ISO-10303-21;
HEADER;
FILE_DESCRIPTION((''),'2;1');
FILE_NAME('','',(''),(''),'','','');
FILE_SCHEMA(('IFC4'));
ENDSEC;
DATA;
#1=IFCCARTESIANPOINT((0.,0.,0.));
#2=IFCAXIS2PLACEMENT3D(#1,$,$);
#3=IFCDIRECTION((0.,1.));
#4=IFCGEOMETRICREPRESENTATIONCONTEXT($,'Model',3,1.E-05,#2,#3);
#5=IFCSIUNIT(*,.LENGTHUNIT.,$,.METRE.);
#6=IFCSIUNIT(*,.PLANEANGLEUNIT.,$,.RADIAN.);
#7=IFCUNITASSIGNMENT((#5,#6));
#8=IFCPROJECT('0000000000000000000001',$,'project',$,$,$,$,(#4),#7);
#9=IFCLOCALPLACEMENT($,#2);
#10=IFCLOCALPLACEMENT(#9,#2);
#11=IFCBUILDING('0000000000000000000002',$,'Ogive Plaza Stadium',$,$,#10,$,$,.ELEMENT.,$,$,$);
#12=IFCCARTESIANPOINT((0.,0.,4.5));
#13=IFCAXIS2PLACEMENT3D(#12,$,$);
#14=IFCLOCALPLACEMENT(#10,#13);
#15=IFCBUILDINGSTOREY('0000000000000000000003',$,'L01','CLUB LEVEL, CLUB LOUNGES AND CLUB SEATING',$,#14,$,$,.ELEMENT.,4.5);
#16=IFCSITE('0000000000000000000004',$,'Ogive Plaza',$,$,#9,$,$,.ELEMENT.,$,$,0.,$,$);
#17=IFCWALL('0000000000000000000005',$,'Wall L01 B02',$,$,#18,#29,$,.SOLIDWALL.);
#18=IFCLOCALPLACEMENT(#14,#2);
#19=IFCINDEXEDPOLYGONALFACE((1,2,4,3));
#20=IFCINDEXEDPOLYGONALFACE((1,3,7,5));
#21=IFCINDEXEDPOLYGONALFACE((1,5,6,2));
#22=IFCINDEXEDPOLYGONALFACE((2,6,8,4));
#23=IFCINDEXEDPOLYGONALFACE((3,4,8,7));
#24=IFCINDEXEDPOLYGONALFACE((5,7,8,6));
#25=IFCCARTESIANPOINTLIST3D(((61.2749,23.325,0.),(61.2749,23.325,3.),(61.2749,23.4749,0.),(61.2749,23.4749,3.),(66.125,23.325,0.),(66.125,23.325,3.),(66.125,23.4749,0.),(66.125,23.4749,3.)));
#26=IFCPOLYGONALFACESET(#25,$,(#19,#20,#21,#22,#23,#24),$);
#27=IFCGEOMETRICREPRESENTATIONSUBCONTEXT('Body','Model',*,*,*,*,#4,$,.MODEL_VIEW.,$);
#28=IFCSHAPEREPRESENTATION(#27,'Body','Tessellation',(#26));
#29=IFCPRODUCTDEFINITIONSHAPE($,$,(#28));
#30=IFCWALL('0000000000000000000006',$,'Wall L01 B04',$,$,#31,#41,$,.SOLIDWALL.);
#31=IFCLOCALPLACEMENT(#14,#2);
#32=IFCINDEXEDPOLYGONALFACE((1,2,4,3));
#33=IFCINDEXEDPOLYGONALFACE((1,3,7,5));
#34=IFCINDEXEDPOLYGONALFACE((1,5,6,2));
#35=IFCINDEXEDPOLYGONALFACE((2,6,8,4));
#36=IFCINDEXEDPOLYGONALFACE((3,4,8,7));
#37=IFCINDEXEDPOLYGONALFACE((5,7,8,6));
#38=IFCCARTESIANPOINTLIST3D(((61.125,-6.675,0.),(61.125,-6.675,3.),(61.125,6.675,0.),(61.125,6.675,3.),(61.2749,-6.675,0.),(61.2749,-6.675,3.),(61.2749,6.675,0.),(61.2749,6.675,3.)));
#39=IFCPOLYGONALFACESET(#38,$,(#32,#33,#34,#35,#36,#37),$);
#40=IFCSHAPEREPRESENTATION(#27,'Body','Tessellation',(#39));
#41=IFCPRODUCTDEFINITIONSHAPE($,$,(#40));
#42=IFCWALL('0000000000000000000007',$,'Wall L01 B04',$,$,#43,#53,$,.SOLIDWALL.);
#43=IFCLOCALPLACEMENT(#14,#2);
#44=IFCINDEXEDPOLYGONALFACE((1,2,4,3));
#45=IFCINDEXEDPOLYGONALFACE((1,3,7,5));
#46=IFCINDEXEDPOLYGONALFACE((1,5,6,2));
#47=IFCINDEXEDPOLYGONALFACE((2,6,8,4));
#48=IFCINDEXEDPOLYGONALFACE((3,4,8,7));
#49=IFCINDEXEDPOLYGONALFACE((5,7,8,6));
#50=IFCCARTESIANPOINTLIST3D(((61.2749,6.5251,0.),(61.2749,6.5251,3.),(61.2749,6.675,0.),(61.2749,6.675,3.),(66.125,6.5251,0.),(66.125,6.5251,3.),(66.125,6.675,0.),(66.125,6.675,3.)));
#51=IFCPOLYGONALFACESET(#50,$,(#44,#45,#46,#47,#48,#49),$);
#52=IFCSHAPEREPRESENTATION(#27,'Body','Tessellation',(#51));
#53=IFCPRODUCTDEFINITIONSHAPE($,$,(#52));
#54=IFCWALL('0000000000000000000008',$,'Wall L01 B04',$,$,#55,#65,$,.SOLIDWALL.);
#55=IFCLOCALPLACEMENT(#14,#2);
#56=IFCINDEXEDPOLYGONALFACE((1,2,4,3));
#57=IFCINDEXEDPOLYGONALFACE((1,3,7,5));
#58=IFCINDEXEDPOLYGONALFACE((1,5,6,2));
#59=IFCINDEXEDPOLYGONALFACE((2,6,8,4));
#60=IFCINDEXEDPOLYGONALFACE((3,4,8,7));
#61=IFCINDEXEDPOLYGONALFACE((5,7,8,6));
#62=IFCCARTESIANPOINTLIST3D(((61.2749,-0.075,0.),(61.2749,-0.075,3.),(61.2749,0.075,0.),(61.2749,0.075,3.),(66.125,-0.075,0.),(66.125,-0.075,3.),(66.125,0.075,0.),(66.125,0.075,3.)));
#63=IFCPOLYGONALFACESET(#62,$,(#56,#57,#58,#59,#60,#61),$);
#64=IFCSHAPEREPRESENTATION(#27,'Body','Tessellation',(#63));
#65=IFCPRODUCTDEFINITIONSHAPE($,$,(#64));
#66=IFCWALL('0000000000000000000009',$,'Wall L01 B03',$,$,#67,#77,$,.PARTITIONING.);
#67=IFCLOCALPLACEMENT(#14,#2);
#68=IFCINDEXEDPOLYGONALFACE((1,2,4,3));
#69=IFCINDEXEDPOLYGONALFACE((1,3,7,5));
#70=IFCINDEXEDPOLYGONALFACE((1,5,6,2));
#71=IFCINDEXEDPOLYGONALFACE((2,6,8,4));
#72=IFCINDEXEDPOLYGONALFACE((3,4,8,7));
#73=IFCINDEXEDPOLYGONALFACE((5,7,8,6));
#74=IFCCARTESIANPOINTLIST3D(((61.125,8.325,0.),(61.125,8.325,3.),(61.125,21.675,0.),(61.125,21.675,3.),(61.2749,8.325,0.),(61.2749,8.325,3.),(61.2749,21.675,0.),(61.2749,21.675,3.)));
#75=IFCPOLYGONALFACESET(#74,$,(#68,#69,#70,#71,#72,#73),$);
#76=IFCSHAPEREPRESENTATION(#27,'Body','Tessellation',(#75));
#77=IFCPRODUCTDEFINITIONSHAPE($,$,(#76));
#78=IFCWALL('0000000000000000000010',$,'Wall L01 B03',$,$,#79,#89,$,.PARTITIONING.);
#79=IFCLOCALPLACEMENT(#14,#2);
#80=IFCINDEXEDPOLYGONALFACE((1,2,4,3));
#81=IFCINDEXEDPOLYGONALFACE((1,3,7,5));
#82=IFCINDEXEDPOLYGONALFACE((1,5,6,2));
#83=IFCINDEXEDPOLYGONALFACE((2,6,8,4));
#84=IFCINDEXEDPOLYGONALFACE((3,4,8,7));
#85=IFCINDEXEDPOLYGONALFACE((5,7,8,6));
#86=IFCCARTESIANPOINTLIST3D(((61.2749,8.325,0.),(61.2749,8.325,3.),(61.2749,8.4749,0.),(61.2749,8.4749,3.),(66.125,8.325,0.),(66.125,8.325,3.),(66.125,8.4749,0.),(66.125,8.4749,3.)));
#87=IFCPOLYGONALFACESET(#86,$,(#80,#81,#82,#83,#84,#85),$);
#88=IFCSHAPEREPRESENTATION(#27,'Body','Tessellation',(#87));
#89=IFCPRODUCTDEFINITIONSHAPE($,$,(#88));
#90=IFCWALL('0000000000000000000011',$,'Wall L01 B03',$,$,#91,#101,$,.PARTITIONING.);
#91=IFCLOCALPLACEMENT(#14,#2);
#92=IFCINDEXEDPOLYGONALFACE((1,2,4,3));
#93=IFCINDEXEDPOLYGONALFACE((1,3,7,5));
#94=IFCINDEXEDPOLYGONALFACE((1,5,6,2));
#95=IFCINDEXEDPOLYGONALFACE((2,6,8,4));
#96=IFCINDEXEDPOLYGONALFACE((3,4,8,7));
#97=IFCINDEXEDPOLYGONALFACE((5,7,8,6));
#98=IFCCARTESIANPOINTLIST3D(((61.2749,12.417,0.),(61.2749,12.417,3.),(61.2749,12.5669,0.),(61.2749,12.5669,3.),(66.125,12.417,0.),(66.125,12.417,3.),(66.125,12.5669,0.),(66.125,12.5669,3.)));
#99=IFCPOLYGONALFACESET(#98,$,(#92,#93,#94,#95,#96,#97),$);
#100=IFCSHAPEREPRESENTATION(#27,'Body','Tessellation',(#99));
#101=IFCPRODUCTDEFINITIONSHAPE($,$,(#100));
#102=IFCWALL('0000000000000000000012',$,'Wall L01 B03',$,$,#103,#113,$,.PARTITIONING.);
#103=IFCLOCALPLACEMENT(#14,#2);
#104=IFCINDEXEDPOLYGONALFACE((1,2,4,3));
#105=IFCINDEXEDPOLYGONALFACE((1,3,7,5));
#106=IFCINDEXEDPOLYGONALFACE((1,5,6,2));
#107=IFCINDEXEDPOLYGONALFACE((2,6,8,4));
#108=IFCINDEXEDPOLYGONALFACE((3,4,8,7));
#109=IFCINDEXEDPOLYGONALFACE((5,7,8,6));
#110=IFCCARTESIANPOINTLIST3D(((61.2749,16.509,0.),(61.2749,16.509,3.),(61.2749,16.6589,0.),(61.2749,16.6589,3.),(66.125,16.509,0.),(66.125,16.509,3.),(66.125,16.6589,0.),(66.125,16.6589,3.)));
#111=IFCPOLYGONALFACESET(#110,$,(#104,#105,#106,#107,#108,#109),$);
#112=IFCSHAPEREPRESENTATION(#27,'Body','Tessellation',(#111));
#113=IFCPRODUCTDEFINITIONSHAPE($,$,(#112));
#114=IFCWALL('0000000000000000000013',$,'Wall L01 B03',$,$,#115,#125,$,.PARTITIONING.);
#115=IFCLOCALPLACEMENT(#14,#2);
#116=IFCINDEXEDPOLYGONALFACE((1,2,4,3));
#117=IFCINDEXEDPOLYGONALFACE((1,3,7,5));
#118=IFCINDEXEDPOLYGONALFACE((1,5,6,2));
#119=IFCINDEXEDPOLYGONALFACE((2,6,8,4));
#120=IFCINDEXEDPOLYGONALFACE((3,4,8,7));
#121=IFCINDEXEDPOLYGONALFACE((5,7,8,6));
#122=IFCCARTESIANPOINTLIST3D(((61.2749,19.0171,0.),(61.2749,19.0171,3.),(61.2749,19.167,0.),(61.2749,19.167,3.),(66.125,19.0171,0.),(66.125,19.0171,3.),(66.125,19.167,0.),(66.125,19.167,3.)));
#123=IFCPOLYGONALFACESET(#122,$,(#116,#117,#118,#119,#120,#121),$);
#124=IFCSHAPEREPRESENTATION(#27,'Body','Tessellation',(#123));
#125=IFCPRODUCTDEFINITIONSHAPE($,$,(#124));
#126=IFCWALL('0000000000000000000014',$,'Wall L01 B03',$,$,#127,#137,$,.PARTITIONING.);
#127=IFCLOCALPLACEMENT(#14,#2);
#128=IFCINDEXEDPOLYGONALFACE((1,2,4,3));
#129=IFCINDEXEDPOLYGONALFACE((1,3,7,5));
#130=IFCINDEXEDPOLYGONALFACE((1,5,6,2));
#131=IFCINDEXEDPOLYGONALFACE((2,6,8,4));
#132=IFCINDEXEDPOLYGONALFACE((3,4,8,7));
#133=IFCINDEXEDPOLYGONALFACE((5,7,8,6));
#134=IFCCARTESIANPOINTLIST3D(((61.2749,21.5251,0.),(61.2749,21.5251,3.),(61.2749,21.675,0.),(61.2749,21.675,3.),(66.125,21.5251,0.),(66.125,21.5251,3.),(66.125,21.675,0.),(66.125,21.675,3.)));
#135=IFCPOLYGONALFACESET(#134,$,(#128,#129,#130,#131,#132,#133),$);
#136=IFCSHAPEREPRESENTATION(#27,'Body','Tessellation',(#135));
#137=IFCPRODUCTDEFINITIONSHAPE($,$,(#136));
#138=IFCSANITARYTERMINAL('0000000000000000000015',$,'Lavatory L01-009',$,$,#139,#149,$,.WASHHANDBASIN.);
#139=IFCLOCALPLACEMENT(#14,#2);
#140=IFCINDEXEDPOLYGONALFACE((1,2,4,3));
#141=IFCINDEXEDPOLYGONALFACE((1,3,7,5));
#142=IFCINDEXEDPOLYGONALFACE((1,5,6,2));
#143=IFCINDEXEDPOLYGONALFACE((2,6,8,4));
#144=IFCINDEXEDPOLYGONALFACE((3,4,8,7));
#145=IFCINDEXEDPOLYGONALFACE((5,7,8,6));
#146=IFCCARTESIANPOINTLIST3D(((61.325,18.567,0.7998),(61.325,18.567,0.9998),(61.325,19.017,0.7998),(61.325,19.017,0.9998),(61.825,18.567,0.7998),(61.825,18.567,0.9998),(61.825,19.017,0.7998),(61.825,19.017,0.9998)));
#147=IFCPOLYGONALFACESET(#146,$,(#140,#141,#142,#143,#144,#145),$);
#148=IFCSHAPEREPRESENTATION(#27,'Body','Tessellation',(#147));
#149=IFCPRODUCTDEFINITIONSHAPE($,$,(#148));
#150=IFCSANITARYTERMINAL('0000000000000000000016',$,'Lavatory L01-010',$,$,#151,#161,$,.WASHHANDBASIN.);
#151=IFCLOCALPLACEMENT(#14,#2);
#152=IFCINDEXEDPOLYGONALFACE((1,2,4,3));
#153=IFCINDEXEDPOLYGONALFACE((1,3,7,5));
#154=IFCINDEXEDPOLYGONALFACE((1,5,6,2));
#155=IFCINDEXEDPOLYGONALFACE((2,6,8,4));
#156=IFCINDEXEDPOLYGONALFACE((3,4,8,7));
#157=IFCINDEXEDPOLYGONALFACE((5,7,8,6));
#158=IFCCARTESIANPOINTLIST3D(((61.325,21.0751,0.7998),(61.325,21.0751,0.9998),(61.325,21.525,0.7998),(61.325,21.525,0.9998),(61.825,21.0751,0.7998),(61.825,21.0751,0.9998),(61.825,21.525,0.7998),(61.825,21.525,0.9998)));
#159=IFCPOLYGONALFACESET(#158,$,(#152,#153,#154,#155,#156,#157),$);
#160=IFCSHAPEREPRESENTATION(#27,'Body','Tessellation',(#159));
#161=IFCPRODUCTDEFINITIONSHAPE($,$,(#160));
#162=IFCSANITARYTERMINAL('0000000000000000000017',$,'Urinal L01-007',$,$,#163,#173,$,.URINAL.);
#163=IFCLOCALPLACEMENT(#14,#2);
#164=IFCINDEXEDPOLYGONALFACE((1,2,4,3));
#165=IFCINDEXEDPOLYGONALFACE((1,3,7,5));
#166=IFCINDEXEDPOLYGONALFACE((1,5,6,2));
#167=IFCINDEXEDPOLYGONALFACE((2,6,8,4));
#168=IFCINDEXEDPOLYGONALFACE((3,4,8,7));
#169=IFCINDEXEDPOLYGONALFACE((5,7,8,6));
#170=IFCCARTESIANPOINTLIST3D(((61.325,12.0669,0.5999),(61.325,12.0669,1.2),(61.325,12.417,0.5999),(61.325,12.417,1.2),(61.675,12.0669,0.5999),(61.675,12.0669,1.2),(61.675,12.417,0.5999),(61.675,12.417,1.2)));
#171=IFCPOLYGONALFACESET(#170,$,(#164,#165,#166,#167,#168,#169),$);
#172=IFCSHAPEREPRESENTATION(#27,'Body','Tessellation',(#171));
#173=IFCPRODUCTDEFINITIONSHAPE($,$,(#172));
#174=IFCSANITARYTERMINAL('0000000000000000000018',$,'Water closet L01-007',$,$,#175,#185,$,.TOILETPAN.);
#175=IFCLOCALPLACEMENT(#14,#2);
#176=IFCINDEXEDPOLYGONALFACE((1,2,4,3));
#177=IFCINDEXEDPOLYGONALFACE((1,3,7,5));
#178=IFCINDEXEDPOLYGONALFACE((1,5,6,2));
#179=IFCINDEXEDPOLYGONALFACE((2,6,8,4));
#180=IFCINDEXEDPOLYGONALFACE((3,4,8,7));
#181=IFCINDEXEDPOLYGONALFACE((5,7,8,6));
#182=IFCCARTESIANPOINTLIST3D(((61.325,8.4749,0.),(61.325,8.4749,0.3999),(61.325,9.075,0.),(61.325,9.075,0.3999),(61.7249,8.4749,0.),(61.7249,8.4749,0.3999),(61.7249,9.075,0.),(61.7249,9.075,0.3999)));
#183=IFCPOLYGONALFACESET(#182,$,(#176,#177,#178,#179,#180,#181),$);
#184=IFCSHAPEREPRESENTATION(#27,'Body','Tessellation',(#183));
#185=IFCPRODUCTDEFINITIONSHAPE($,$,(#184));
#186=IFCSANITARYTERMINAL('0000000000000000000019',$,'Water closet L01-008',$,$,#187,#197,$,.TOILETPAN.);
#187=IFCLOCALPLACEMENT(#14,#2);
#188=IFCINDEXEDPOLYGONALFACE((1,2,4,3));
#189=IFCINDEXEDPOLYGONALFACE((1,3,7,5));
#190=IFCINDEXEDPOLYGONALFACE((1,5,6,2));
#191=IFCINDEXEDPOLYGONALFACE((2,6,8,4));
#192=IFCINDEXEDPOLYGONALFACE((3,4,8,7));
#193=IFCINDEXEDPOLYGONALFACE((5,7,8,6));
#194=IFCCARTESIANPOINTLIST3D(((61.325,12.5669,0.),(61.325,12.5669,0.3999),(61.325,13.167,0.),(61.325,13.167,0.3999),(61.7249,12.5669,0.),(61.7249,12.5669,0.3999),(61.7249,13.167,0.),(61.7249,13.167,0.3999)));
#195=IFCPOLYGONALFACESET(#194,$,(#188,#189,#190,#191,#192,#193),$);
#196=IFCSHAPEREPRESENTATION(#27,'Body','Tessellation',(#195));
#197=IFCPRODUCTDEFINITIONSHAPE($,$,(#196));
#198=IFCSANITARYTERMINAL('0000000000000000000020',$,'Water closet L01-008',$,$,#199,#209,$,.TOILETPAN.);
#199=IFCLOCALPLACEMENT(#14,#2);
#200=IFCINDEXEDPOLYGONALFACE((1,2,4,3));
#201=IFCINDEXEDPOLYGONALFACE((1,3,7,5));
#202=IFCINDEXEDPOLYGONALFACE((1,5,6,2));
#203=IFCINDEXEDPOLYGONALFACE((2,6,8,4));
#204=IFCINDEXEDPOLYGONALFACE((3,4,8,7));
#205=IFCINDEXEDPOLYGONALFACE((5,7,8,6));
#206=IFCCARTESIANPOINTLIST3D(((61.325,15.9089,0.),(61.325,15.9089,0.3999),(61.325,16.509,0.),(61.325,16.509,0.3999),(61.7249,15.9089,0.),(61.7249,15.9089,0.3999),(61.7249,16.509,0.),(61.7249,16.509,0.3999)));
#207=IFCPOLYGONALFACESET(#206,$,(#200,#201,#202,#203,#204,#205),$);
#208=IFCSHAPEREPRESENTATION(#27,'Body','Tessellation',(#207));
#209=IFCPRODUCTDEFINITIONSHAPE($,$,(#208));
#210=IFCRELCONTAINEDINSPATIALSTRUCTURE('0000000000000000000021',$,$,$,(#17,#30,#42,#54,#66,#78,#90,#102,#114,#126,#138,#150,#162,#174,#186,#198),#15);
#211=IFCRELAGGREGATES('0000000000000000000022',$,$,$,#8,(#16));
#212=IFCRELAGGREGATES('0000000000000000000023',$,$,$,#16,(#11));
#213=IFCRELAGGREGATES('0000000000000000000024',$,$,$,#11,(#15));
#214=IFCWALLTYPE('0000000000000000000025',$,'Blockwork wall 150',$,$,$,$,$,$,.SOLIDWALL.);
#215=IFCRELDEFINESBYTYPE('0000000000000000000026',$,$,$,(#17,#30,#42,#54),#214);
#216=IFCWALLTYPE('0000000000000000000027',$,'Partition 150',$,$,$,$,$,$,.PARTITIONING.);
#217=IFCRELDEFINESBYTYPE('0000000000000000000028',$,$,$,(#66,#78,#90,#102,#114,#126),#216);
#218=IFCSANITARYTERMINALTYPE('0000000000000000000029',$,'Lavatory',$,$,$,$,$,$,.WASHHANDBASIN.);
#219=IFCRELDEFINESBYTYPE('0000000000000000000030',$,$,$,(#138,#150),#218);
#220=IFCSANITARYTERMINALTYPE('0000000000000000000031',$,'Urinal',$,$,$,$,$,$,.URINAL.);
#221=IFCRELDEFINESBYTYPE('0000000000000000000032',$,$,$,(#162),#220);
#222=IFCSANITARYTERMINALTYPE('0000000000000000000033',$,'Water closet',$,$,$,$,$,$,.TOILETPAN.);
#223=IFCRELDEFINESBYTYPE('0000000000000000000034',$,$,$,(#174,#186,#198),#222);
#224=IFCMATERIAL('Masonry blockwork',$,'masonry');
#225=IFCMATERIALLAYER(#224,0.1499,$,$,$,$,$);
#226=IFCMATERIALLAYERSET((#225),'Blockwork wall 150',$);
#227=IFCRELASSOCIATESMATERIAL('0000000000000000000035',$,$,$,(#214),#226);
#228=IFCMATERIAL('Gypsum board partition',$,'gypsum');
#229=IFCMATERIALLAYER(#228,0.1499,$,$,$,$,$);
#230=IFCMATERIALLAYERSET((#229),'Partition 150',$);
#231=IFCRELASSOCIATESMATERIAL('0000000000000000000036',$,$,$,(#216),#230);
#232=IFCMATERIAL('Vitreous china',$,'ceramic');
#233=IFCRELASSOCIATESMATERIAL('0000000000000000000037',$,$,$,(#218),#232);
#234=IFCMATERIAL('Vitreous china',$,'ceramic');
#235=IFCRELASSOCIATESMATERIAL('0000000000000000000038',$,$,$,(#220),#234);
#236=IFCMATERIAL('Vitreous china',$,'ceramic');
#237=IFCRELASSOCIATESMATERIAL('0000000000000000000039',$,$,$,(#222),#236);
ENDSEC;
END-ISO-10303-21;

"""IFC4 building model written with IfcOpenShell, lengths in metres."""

from ifc_helpers import new_model, si_unit, direction, frame, frame_2d, origin, origin_2d, place, context, subcontext, project, spatial, rectangle, extrude, material, layer, layer_set, type_object, element, save


model = new_model("IFC4")

# Units and contexts
model_context = context("Model", 3, precision=1e-05, world=origin(), true_north=direction((0.0, 1.0)))
body_context = subcontext(model_context, "Body", "Model", "MODEL_VIEW")
ifc_project = project(units=[si_unit("LENGTHUNIT", "METRE"), si_unit("PLANEANGLEUNIT", "RADIAN")], contexts=[model_context])

# Site, building, storey
site_placement = place(None, origin())
site = spatial("IfcSite", under=ifc_project, at=site_placement, Name="Ogive Plaza", CompositionType="ELEMENT", RefElevation=0.0)
building_placement = place(site_placement, origin())
building = spatial("IfcBuilding", under=site, at=building_placement, Name="Ogive Plaza Stadium", CompositionType="ELEMENT")
storey_placement = place(building_placement, frame((0.0, 0.0, 4.5)))
storey = spatial("IfcBuildingStorey", under=building, at=storey_placement, Name="L01", Description="CLUB LEVEL, CLUB LOUNGES AND CLUB SEATING", CompositionType="ELEMENT", Elevation=4.5)

# Walls
ifc_material_1 = material(Name="Masonry blockwork", Category="masonry")
ifc_layer_1 = layer(ifc_material_1, 0.1499)
ifc_layer_set_1 = layer_set([ifc_layer_1], Name="Blockwork wall 150")
wall_type_1 = type_object("IfcWallType", Name="Blockwork wall 150", PredefinedType="SOLIDWALL", material=ifc_layer_set_1)
for number, where, z_axis, x_axis, name in (
    (1, (61.2749, 23.3999, 0.0), (0.0, 0.0, 1.0), (1.0, 0.0, 0.0), "Wall L01 B02"),
):
    element("IfcWall", number, at=place(storey_placement, frame(where, z_axis=z_axis, x_axis=x_axis)), inside=storey, type_object=wall_type_1, Name=name, PredefinedType="SOLIDWALL", context=body_context, shape_type="SweptSolid", body=[
        extrude(rectangle(XDim=4.8501, YDim=0.1499, at=frame_2d((2.425, 0.0))), origin(), (0.0, 0.0, 1.0), 3.0),
    ])
wall_1_placement = place(storey_placement, frame((61.2, 6.675, 0.0), z_axis=(0.0, 0.0, 1.0), x_axis=(0.0, -1.0, 0.0)))
element("IfcWall", 2, at=wall_1_placement, inside=storey, type_object=wall_type_1, Name="Wall L01 B04", PredefinedType="SOLIDWALL", context=body_context, shape_type="SweptSolid", body=[
    extrude(rectangle(XDim=13.3501, YDim=0.1499, at=frame_2d((6.675, 0.0))), origin(), (0.0, 0.0, 1.0), 3.0),
])
for number, where, z_axis, x_axis, name in (
    (3, (61.2749, 6.6001, 0.0), (0.0, 0.0, 1.0), (1.0, 0.0, 0.0), "Wall L01 B04"),
    (4, (61.2749, 0.0, 0.0), (0.0, 0.0, 1.0), (1.0, 0.0, 0.0), "Wall L01 B04"),
):
    element("IfcWall", number, at=place(storey_placement, frame(where, z_axis=z_axis, x_axis=x_axis)), inside=storey, type_object=wall_type_1, Name=name, PredefinedType="SOLIDWALL", context=body_context, shape_type="SweptSolid", body=[
        extrude(rectangle(XDim=4.8501, YDim=0.1499, at=frame_2d((2.425, 0.0))), origin(), (0.0, 0.0, 1.0), 3.0),
    ])
ifc_material_2 = material(Name="Gypsum board partition", Category="gypsum")
ifc_layer_2 = layer(ifc_material_2, 0.1499)
ifc_layer_set_2 = layer_set([ifc_layer_2], Name="Partition 150")
wall_type_2 = type_object("IfcWallType", Name="Partition 150", PredefinedType="PARTITIONING", material=ifc_layer_set_2)
wall_2_placement = place(storey_placement, frame((61.2, 8.325, 0.0), z_axis=(0.0, 0.0, 1.0), x_axis=(0.0, 1.0, 0.0)))
element("IfcWall", 5, at=wall_2_placement, inside=storey, type_object=wall_type_2, Name="Wall L01 B03", PredefinedType="PARTITIONING", context=body_context, shape_type="SweptSolid", body=[
    extrude(rectangle(XDim=13.3501, YDim=0.1499, at=frame_2d((6.675, 0.0))), origin(), (0.0, 0.0, 1.0), 3.0),
])
for number, where, z_axis, x_axis, name in (
    (6, (61.2749, 8.3999, 0.0), (0.0, 0.0, 1.0), (1.0, 0.0, 0.0), "Wall L01 B03"),
    (7, (61.2749, 12.4919, 0.0), (0.0, 0.0, 1.0), (1.0, 0.0, 0.0), "Wall L01 B03"),
    (8, (61.2749, 16.584, 0.0), (0.0, 0.0, 1.0), (1.0, 0.0, 0.0), "Wall L01 B03"),
    (9, (61.2749, 19.092, 0.0), (0.0, 0.0, 1.0), (1.0, 0.0, 0.0), "Wall L01 B03"),
    (10, (61.2749, 21.6001, 0.0), (0.0, 0.0, 1.0), (1.0, 0.0, 0.0), "Wall L01 B03"),
):
    element("IfcWall", number, at=place(storey_placement, frame(where, z_axis=z_axis, x_axis=x_axis)), inside=storey, type_object=wall_type_2, Name=name, PredefinedType="PARTITIONING", context=body_context, shape_type="SweptSolid", body=[
        extrude(rectangle(XDim=4.8501, YDim=0.1499, at=frame_2d((2.425, 0.0))), origin(), (0.0, 0.0, 1.0), 3.0),
    ])

# Sanitary terminals
ifc_material_3 = material(Name="Vitreous china", Category="ceramic")
sanitary_terminal_type_1 = type_object("IfcSanitaryTerminalType", Name="Lavatory", PredefinedType="WASHHANDBASIN", material=ifc_material_3)
for number, where, z_axis, x_axis, name in (
    (11, (61.575, 18.792, 0.7998), (0.0, 0.0, 1.0), (1.0, 0.0, 0.0), "Lavatory L01-009"),
    (12, (61.575, 21.3, 0.7998), (0.0, 0.0, 1.0), (1.0, 0.0, 0.0), "Lavatory L01-010"),
):
    element("IfcSanitaryTerminal", number, at=place(storey_placement, frame(where, z_axis=z_axis, x_axis=x_axis)), inside=storey, type_object=sanitary_terminal_type_1, Name=name, PredefinedType="WASHHANDBASIN", context=body_context, shape_type="SweptSolid", body=[
        extrude(rectangle(XDim=0.5, YDim=0.45, at=origin_2d()), origin(), (0.0, 0.0, 1.0), 0.2),
    ])
ifc_material_4 = material(Name="Vitreous china", Category="ceramic")
sanitary_terminal_type_2 = type_object("IfcSanitaryTerminalType", Name="Urinal", PredefinedType="URINAL", material=ifc_material_4)
sanitary_terminal_placement = place(storey_placement, frame((61.5, 12.2419, 0.5999), z_axis=(0.0, 0.0, 1.0), x_axis=(1.0, 0.0, 0.0)))
element("IfcSanitaryTerminal", 13, at=sanitary_terminal_placement, inside=storey, type_object=sanitary_terminal_type_2, Name="Urinal L01-007", PredefinedType="URINAL", context=body_context, shape_type="SweptSolid", body=[
    extrude(rectangle(XDim=0.3501, YDim=0.3501, at=origin_2d()), origin(), (0.0, 0.0, 1.0), 0.6001),
])
ifc_material_5 = material(Name="Vitreous china", Category="ceramic")
sanitary_terminal_type_3 = type_object("IfcSanitaryTerminalType", Name="Water closet", PredefinedType="TOILETPAN", material=ifc_material_5)
for number, where, z_axis, x_axis, name in (
    (14, (61.5249, 8.7749, 0.0), (0.0, 0.0, 1.0), (1.0, 0.0, 0.0), "Water closet L01-007"),
    (15, (61.5249, 12.8669, 0.0), (0.0, 0.0, 1.0), (1.0, 0.0, 0.0), "Water closet L01-008"),
    (16, (61.5249, 16.209, 0.0), (0.0, 0.0, 1.0), (1.0, 0.0, 0.0), "Water closet L01-008"),
):
    element("IfcSanitaryTerminal", number, at=place(storey_placement, frame(where, z_axis=z_axis, x_axis=x_axis)), inside=storey, type_object=sanitary_terminal_type_3, Name=name, PredefinedType="TOILETPAN", context=body_context, shape_type="SweptSolid", body=[
        extrude(rectangle(XDim=0.3999, YDim=0.6001, at=origin_2d()), origin(), (0.0, 0.0, 1.0), 0.3999),
    ])

save(model, "model.ifc")
